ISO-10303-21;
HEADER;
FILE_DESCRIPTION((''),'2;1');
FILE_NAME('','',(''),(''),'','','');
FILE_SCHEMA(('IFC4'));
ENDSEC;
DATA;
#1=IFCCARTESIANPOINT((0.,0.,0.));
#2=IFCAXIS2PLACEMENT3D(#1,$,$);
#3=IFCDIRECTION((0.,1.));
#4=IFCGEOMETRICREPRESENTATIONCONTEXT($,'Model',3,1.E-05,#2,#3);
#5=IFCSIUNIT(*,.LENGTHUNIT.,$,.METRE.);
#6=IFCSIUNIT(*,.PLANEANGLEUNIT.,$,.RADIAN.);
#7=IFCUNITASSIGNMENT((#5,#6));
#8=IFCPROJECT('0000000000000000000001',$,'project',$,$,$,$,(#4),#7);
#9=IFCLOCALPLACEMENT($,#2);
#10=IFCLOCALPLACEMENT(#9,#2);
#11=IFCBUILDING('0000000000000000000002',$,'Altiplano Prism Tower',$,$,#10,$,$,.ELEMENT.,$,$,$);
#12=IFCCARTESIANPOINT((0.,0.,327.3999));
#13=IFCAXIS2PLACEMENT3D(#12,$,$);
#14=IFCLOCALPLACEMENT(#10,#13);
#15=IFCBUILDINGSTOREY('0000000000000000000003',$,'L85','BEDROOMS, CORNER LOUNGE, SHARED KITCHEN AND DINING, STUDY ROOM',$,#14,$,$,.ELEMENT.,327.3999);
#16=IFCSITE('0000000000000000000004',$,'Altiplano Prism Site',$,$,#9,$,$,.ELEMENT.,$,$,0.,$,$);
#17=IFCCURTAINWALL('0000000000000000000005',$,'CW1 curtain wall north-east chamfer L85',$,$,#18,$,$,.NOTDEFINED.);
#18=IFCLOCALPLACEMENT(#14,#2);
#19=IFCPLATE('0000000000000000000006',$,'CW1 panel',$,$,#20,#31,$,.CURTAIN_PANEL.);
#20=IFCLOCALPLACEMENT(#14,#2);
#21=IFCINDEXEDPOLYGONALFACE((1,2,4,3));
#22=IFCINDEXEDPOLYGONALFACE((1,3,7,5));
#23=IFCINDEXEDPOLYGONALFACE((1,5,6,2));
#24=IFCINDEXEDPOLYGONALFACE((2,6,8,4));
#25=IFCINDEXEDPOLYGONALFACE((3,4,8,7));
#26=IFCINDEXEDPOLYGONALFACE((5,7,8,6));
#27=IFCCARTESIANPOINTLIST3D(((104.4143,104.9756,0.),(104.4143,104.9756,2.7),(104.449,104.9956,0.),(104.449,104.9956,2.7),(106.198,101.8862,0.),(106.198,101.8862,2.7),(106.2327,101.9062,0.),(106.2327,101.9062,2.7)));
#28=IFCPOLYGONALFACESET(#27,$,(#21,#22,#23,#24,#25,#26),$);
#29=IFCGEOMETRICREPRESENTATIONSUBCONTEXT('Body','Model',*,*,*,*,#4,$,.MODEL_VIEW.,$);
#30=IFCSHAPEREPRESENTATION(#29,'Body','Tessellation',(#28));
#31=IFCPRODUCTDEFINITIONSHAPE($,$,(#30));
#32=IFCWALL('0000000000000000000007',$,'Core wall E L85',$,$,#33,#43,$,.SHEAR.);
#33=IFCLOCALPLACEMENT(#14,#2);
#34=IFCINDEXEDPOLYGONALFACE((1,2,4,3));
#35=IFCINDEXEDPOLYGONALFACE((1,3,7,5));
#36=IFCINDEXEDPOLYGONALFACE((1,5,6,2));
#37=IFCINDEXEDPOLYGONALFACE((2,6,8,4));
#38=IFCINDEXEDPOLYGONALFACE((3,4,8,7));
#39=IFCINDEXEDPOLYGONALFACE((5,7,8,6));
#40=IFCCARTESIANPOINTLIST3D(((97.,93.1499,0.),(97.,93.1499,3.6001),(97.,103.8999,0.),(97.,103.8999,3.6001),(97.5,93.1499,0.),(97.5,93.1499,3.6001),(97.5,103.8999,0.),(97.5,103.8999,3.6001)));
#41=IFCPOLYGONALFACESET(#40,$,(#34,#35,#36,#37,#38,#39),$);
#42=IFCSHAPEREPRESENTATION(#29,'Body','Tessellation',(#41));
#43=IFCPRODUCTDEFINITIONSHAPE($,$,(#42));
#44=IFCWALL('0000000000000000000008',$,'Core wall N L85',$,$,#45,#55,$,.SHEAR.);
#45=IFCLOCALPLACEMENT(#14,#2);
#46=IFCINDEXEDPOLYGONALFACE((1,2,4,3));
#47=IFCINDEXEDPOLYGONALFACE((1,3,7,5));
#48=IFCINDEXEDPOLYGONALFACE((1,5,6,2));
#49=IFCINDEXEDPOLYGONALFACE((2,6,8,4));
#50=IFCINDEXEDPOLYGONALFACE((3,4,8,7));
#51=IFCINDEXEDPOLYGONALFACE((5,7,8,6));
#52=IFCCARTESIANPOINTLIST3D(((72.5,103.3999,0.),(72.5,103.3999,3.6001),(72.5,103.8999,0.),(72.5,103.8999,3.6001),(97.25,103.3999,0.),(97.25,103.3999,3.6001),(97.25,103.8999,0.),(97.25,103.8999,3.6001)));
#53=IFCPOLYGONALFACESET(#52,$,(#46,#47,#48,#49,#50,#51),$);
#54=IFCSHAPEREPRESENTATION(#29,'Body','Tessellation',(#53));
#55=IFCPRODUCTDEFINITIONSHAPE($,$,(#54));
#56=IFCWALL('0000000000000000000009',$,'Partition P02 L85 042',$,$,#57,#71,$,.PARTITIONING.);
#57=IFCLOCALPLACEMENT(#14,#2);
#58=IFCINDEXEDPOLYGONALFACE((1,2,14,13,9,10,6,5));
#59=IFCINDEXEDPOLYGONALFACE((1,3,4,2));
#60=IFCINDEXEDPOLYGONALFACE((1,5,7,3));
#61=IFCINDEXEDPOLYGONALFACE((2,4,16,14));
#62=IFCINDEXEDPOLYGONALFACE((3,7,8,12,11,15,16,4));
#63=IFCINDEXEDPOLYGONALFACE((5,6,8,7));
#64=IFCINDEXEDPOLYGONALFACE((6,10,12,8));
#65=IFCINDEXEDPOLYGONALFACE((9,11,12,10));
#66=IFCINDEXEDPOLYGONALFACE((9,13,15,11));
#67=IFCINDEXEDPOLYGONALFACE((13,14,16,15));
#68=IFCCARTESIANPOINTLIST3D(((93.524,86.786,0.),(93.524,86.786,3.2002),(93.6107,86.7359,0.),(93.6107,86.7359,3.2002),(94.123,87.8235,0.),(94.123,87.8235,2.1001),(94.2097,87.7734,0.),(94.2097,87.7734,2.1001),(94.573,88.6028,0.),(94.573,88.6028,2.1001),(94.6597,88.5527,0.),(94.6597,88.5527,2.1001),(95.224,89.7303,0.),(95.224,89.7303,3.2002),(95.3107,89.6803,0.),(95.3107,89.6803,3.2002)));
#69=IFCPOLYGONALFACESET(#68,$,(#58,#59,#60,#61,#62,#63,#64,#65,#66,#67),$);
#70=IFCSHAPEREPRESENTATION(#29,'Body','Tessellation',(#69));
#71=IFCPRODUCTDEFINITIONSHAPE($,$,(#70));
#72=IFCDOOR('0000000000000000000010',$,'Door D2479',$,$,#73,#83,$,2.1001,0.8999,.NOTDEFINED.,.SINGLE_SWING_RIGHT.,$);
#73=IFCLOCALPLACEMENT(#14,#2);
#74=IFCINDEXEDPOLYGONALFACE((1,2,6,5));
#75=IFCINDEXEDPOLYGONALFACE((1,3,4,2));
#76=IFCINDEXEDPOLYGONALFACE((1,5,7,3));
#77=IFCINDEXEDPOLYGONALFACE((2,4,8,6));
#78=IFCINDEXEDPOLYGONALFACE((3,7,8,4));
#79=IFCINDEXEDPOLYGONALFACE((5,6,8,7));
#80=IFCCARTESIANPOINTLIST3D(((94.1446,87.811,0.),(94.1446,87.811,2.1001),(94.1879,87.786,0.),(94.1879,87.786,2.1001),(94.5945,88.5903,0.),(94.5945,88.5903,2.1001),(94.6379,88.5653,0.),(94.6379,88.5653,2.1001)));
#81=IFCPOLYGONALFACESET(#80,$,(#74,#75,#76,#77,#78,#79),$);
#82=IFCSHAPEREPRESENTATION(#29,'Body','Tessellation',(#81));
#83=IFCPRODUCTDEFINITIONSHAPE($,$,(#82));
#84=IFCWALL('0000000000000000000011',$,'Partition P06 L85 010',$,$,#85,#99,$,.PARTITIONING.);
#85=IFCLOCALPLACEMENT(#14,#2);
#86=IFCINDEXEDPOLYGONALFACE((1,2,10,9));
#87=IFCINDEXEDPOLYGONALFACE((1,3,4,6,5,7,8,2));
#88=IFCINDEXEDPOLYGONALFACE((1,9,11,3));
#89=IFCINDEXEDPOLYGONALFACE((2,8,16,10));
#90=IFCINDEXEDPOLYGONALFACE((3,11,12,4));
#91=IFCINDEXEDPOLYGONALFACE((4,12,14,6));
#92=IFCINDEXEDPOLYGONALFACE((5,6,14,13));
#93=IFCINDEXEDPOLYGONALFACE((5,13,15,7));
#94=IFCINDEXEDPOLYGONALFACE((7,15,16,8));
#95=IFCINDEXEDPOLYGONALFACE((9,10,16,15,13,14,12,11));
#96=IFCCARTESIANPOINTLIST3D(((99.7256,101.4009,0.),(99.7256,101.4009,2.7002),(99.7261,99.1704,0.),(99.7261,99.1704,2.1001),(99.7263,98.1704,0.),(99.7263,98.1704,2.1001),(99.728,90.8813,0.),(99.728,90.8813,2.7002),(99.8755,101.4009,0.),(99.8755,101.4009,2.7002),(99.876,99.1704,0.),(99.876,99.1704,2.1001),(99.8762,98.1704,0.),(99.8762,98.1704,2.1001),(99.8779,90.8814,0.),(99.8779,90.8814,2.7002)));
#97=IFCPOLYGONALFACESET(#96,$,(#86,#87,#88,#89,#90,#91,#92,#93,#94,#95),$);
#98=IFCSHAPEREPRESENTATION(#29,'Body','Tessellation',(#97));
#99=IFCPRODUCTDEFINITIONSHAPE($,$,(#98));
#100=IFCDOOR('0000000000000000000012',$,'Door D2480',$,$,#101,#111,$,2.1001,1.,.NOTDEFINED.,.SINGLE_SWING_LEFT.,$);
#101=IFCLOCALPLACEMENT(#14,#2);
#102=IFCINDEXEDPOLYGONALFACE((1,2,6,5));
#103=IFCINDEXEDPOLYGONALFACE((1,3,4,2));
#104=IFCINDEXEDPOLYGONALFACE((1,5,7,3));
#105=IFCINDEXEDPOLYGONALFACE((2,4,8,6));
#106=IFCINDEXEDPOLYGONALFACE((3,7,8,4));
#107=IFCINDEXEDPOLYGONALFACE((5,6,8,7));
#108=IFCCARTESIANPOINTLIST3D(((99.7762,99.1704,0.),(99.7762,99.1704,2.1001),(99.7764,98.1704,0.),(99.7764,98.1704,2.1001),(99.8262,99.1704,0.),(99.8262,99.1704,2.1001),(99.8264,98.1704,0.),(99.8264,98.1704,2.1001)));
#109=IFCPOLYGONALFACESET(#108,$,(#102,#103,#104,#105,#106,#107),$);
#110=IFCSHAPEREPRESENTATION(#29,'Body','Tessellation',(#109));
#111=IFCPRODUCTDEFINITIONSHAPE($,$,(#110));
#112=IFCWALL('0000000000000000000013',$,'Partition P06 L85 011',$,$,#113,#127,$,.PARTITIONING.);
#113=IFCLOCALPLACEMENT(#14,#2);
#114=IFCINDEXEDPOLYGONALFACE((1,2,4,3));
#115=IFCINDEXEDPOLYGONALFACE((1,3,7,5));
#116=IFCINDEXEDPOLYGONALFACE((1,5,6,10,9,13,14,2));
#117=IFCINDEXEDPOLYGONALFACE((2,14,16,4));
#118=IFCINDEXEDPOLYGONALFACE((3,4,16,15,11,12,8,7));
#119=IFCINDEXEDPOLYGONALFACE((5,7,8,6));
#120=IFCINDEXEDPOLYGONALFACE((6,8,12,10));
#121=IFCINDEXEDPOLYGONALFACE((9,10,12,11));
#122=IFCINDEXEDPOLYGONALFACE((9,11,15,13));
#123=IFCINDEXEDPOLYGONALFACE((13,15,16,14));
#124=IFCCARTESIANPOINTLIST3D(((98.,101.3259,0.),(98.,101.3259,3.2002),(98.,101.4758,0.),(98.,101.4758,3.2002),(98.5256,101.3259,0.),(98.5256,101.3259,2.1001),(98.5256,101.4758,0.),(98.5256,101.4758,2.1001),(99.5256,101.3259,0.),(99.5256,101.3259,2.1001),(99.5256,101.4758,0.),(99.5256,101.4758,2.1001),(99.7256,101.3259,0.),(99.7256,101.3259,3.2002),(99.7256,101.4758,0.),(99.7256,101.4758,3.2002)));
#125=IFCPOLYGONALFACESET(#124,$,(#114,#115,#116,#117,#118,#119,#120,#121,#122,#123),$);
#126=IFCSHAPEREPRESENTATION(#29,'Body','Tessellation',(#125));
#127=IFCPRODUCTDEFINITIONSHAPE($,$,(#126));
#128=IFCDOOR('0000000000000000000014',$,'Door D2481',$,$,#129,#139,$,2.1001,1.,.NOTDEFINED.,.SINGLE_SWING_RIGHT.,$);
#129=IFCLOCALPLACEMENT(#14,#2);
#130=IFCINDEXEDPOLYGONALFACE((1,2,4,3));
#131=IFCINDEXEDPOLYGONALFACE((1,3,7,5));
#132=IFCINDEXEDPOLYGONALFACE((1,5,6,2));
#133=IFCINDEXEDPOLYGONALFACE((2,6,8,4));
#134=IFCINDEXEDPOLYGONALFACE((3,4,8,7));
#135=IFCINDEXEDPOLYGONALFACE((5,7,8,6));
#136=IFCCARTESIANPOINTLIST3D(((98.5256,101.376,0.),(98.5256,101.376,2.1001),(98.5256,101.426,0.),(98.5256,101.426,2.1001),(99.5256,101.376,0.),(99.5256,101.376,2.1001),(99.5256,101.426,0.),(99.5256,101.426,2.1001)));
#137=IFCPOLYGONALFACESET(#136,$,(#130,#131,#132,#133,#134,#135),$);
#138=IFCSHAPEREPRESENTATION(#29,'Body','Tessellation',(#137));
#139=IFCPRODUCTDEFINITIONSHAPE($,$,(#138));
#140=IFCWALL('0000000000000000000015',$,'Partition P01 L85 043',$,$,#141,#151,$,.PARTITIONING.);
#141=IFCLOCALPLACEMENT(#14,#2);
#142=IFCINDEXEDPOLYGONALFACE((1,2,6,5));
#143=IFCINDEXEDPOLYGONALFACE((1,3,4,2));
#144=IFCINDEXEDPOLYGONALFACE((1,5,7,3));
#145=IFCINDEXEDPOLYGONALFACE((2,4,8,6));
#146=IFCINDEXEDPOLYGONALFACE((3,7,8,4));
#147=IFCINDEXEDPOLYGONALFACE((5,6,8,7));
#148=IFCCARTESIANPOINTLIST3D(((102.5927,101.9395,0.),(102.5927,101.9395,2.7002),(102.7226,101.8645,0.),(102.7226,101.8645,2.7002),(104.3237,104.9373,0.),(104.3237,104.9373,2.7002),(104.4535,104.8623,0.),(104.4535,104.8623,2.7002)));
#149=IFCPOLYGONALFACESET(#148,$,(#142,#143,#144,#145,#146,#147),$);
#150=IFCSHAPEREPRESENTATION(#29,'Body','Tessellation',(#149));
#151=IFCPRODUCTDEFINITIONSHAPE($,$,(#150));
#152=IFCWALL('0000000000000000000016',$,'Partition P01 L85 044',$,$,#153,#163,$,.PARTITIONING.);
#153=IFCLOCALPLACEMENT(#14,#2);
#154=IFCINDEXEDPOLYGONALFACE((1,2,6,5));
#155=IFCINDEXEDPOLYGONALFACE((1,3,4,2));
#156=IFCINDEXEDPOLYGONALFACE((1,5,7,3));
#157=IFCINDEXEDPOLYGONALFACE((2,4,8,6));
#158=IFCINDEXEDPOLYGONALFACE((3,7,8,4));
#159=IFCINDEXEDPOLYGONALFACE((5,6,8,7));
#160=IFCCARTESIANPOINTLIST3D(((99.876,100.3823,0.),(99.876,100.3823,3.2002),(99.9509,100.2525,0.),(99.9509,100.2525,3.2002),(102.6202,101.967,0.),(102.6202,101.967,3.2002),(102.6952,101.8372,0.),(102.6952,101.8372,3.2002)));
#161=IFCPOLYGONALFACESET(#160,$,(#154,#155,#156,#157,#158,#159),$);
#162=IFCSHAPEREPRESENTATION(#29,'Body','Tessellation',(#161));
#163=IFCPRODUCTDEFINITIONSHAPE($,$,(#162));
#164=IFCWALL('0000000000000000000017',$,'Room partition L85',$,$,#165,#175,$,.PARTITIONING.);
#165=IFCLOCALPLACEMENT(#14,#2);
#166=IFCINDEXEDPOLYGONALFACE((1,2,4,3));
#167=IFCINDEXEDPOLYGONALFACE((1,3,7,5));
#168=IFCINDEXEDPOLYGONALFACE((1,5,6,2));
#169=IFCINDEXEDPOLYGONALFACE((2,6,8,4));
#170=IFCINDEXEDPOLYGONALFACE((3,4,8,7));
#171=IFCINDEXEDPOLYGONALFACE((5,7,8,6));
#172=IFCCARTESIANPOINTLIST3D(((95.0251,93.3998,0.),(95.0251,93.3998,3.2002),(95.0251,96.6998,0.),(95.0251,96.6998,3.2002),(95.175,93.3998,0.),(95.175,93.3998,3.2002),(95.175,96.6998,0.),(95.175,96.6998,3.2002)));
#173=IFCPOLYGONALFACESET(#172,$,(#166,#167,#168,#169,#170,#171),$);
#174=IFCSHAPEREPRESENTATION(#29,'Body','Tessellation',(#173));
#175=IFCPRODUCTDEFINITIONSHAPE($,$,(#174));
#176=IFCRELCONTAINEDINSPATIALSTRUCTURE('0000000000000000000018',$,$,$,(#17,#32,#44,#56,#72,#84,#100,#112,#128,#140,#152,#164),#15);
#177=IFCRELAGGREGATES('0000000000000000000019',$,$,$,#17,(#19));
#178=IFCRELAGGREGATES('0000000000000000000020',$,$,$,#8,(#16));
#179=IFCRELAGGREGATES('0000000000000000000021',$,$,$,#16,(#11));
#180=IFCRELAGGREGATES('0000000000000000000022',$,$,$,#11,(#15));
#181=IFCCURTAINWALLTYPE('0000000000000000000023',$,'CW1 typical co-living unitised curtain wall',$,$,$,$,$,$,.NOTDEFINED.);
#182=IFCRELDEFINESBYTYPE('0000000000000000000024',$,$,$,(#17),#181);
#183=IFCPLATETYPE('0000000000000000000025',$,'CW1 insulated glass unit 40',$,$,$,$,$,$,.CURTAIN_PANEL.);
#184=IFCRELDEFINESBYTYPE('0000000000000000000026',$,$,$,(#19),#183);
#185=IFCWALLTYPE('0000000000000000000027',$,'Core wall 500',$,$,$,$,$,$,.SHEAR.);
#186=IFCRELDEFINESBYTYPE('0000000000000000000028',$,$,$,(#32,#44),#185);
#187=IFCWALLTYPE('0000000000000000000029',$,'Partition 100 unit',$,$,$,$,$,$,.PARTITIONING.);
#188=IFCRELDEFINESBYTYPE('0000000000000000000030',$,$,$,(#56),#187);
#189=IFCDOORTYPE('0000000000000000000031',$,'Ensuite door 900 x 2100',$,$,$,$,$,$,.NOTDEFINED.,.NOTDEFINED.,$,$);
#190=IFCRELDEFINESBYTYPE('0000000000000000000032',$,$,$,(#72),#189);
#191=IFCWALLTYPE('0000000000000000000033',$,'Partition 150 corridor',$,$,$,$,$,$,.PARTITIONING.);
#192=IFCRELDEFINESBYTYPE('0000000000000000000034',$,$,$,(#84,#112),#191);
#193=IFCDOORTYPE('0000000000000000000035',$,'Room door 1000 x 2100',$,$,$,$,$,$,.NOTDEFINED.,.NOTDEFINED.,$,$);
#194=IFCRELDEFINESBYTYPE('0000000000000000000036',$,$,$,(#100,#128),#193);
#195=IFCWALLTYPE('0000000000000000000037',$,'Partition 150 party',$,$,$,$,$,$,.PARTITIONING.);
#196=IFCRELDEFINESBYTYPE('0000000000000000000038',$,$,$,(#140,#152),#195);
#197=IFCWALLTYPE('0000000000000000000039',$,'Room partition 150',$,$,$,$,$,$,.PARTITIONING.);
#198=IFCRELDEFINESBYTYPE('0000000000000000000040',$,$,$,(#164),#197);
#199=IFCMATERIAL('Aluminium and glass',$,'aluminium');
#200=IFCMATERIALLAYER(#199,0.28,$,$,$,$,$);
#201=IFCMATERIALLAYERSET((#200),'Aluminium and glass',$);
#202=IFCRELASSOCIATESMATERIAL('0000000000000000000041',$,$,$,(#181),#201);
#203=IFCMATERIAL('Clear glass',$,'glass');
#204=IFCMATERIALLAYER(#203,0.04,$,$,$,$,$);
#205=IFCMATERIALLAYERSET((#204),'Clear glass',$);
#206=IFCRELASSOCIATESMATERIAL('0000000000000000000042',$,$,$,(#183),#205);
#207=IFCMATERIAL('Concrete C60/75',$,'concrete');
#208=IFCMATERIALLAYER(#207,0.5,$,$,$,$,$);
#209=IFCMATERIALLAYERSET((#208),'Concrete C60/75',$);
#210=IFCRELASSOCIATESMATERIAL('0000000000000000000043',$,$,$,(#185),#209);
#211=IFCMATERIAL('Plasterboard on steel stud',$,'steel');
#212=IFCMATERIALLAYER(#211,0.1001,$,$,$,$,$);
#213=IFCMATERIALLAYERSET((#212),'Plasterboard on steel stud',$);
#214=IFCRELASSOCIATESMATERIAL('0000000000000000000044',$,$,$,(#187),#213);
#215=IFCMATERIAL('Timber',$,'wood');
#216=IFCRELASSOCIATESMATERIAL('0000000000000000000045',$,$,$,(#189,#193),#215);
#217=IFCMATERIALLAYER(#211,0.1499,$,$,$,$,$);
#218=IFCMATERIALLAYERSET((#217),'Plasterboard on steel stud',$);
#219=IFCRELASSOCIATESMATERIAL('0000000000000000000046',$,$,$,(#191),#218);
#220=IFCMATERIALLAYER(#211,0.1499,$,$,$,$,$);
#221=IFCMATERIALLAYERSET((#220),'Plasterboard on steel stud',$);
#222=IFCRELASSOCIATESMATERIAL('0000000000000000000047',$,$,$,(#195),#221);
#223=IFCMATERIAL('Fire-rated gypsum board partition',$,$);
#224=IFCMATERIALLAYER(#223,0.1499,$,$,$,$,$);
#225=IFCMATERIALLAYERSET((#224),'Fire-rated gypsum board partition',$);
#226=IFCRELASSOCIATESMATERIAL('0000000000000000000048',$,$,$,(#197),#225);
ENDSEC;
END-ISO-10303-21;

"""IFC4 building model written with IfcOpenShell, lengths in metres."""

from ifc_helpers import new_model, si_unit, direction, frame, frame_2d, origin, origin_2d, place, context, subcontext, project, spatial, rectangle, extrude, material, layer, layer_set, type_object, element, fill, aggregate, save


model = new_model("IFC4")

# Units and contexts
model_context = context("Model", 3, precision=1e-05, world=origin(), true_north=direction((0.0, 1.0)))
body_context = subcontext(model_context, "Body", "Model", "MODEL_VIEW")
ifc_project = project(units=[si_unit("LENGTHUNIT", "METRE"), si_unit("PLANEANGLEUNIT", "RADIAN")], contexts=[model_context])

# Site, building, storey
site_placement = place(None, origin())
site = spatial("IfcSite", under=ifc_project, at=site_placement, Name="Altiplano Prism Site", CompositionType="ELEMENT", RefElevation=0.0)
building_placement = place(site_placement, origin())
building = spatial("IfcBuilding", under=site, at=building_placement, Name="Altiplano Prism Tower", CompositionType="ELEMENT")
storey_placement = place(building_placement, frame((0.0, 0.0, 327.3999)))
storey = spatial("IfcBuildingStorey", under=building, at=storey_placement, Name="L85", Description="BEDROOMS, CORNER LOUNGE, SHARED KITCHEN AND DINING, STUDY ROOM", CompositionType="ELEMENT", Elevation=327.3999)

# Shared definitions
ifc_material_1 = material(Name="Concrete C60/75", Category="concrete")

# Shared definitions
ifc_material_2 = material(Name="Aluminium and glass", Category="aluminium")
ifc_layer_1 = layer(ifc_material_2, 0.28)
ifc_layer_set_1 = layer_set([ifc_layer_1], Name="Aluminium and glass")
curtain_wall_type = type_object("IfcCurtainWallType", Name="CW1 typical co-living unitised curtain wall", PredefinedType="NOTDEFINED", material=ifc_layer_set_1)

# Curtain wall
curtain_wall_1_placement = place(storey_placement, origin())
curtain_wall_1 = element("IfcCurtainWall", 1, at=curtain_wall_1_placement, inside=storey, type_object=curtain_wall_type, Name="CW1 curtain wall north-east chamfer L85", PredefinedType="NOTDEFINED")

# Plate
ifc_material_3 = material(Name="Clear glass", Category="glass")
ifc_layer_2 = layer(ifc_material_3, 0.04)
ifc_layer_set_2 = layer_set([ifc_layer_2], Name="Clear glass")
plate_type = type_object("IfcPlateType", Name="CW1 insulated glass unit 40", PredefinedType="CURTAIN_PANEL", material=ifc_layer_set_2)
plate_1_placement = place(storey_placement, frame((105.3235, 103.4409, 0.0), z_axis=(0.0, 0.0, 1.0), x_axis=(-0.5, 0.866025, 0.0)))
plate_1 = element("IfcPlate", 2, at=plate_1_placement, type_object=plate_type, Name="CW1 panel", PredefinedType="CURTAIN_PANEL", context=body_context, shape_type="SweptSolid", body=[
    extrude(rectangle(XDim=3.5674, YDim=0.04, at=origin_2d()), origin(), (0.0, 0.0, 1.0), 2.7),
])
aggregate(curtain_wall_1, [plate_1])

# Walls
ifc_layer_3 = layer(ifc_material_1, 0.5)
ifc_layer_set_3 = layer_set([ifc_layer_3], Name="Concrete C60/75")
wall_type_1 = type_object("IfcWallType", Name="Core wall 500", PredefinedType="SHEAR", material=ifc_layer_set_3)
wall_1_placement = place(storey_placement, frame((97.25, 93.1499, 0.0), z_axis=(0.0, 0.0, 1.0), x_axis=(0.0, 1.0, 0.0)))
element("IfcWall", 3, at=wall_1_placement, inside=storey, type_object=wall_type_1, Name="Core wall E L85", PredefinedType="SHEAR", context=body_context, shape_type="SweptSolid", body=[
    extrude(rectangle(XDim=10.75, YDim=0.5, at=frame_2d((5.375, 0.0))), origin(), (0.0, 0.0, 1.0), 3.6001),
])
wall_2_placement = place(storey_placement, frame((97.25, 103.6499, 0.0), z_axis=(0.0, 0.0, 1.0), x_axis=(-1.0, 0.0, 0.0)))
element("IfcWall", 4, at=wall_2_placement, inside=storey, type_object=wall_type_1, Name="Core wall N L85", PredefinedType="SHEAR", context=body_context, shape_type="SweptSolid", body=[
    extrude(rectangle(XDim=24.75, YDim=0.5, at=frame_2d((12.375, 0.0))), origin(), (0.0, 0.0, 1.0), 3.6001),
])

# Walls, openings, doors
ifc_material_4 = material(Name="Plasterboard on steel stud", Category="steel")
ifc_layer_4 = layer(ifc_material_4, 0.1001)
ifc_layer_set_4 = layer_set([ifc_layer_4], Name="Plasterboard on steel stud")
wall_type_2 = type_object("IfcWallType", Name="Partition 100 unit", PredefinedType="PARTITIONING", material=ifc_layer_set_4)
wall_3_placement = place(storey_placement, frame((95.2673, 89.7053, 0.0), z_axis=(0.0, 0.0, 1.0), x_axis=(-0.500008, -0.866021, 0.0)))
wall_3 = element("IfcWall", 5, at=wall_3_placement, inside=storey, type_object=wall_type_2, Name="Partition P02 L85 042", PredefinedType="PARTITIONING", context=body_context, shape_type="SweptSolid", body=[
    extrude(rectangle(XDim=3.3999, YDim=0.1001, at=frame_2d((1.7, 0.0))), origin(), (0.0, 0.0, 1.0), 3.2002),
])
opening_1_placement = place(wall_3_placement, frame((1.302, 0.0, 0.0)))
opening_1 = element("IfcOpeningElement", 6, at=opening_1_placement, cuts=wall_3, PredefinedType="OPENING", context=body_context, shape_type="SweptSolid", body=[
    extrude(rectangle(XDim=0.8999, YDim=2.1001, at=frame_2d((0.45, 1.05))), frame((0.0, 0.0605, 0.0), z_axis=(0.0, -1.0, 0.0), x_axis=(1.0, 0.0, 0.0)), (0.0, 0.0, 1.0), 0.1211),
])
ifc_material_5 = material(Name="Timber", Category="wood")
door_type_1 = type_object("IfcDoorType", Name="Ensuite door 900 x 2100", OperationType="NOTDEFINED", PredefinedType="NOTDEFINED", material=ifc_material_5)
door_1_placement = place(opening_1_placement, origin())
door_1 = element("IfcDoor", 7, at=door_1_placement, inside=storey, type_object=door_type_1, Name="Door D2479", OperationType="SINGLE_SWING_RIGHT", OverallHeight=2.1001, OverallWidth=0.8999, PredefinedType="NOTDEFINED", context=body_context, shape_type="SweptSolid", body=[
    extrude(rectangle(XDim=0.8999, YDim=2.1001, at=frame_2d((0.45, 1.05))), frame((0.0, 0.0249, 0.0), z_axis=(0.0, -1.0, 0.0), x_axis=(1.0, 0.0, 0.0)), (0.0, 0.0, 1.0), 0.05),
])
fill(opening_1, door_1)
ifc_layer_5 = layer(ifc_material_4, 0.1499)
ifc_layer_set_5 = layer_set([ifc_layer_5], Name="Plasterboard on steel stud")
wall_type_3 = type_object("IfcWallType", Name="Partition 150 corridor", PredefinedType="PARTITIONING", material=ifc_layer_set_5)
wall_4_placement = place(storey_placement, frame((99.803, 90.8813, 0.0), z_axis=(0.0, 0.0, 1.0), x_axis=(-0.000232, 1.0, 0.0)))
wall_4 = element("IfcWall", 8, at=wall_4_placement, inside=storey, type_object=wall_type_3, Name="Partition P06 L85 010", PredefinedType="PARTITIONING", context=body_context, shape_type="SweptSolid", body=[
    extrude(rectangle(XDim=10.5195, YDim=0.1499, at=frame_2d((5.2598, 0.0))), origin(), (0.0, 0.0, 1.0), 2.7002),
])
opening_2_placement = place(wall_4_placement, frame((7.2891, 0.0, 0.0)))
opening_2 = element("IfcOpeningElement", 9, at=opening_2_placement, cuts=wall_4, PredefinedType="OPENING", context=body_context, shape_type="SweptSolid", body=[
    extrude(rectangle(XDim=1.0, YDim=2.1001, at=frame_2d((0.5, 1.05))), frame((0.0, 0.0854, 0.0), z_axis=(0.0, -1.0, 0.0), x_axis=(1.0, 0.0, 0.0)), (0.0, 0.0, 1.0), 0.1709),
])
door_type_2 = type_object("IfcDoorType", Name="Room door 1000 x 2100", OperationType="NOTDEFINED", PredefinedType="NOTDEFINED", material=ifc_material_5)
door_2_placement = place(opening_2_placement, origin())
door_2 = element("IfcDoor", 10, at=door_2_placement, inside=storey, type_object=door_type_2, Name="Door D2480", OperationType="SINGLE_SWING_LEFT", OverallHeight=2.1001, OverallWidth=1.0, PredefinedType="NOTDEFINED", context=body_context, shape_type="SweptSolid", body=[
    extrude(rectangle(XDim=1.0, YDim=2.1001, at=frame_2d((0.5, 1.05))), frame((0.0, 0.0249, 0.0), z_axis=(0.0, -1.0, 0.0), x_axis=(1.0, 0.0, 0.0)), (0.0, 0.0, 1.0), 0.05),
])
fill(opening_2, door_2)
wall_5_placement = place(storey_placement, frame((99.7256, 101.4009, 0.0), z_axis=(0.0, 0.0, 1.0), x_axis=(-1.0, 0.0, 0.0)))
wall_5 = element("IfcWall", 11, at=wall_5_placement, inside=storey, type_object=wall_type_3, Name="Partition P06 L85 011", PredefinedType="PARTITIONING", context=body_context, shape_type="SweptSolid", body=[
    extrude(rectangle(XDim=1.7256, YDim=0.1499, at=frame_2d((0.8628, 0.0))), origin(), (0.0, 0.0, 1.0), 3.2002),
])
opening_3_placement = place(wall_5_placement, frame((0.2, 0.0, 0.0)))
opening_3 = element("IfcOpeningElement", 12, at=opening_3_placement, cuts=wall_5, PredefinedType="OPENING", context=body_context, shape_type="SweptSolid", body=[
    extrude(rectangle(XDim=1.0, YDim=2.1001, at=frame_2d((0.5, 1.05))), frame((0.0, 0.0854, 0.0), z_axis=(0.0, -1.0, 0.0), x_axis=(1.0, 0.0, 0.0)), (0.0, 0.0, 1.0), 0.1709),
])
door_3_placement = place(opening_3_placement, origin())
door_3 = element("IfcDoor", 13, at=door_3_placement, inside=storey, type_object=door_type_2, Name="Door D2481", OperationType="SINGLE_SWING_RIGHT", OverallHeight=2.1001, OverallWidth=1.0, PredefinedType="NOTDEFINED", context=body_context, shape_type="SweptSolid", body=[
    extrude(rectangle(XDim=1.0, YDim=2.1001, at=frame_2d((0.5, 1.05))), frame((0.0, 0.0249, 0.0), z_axis=(0.0, -1.0, 0.0), x_axis=(1.0, 0.0, 0.0)), (0.0, 0.0, 1.0), 0.05),
])
fill(opening_3, door_3)

# Walls
ifc_layer_6 = layer(ifc_material_4, 0.1499)
ifc_layer_set_6 = layer_set([ifc_layer_6], Name="Plasterboard on steel stud")
wall_type_4 = type_object("IfcWallType", Name="Partition 150 party", PredefinedType="PARTITIONING", material=ifc_layer_set_6)
wall_6_placement = place(storey_placement, frame((104.3887, 104.8999, 0.0), z_axis=(0.0, 0.0, 1.0), x_axis=(-0.500038, -0.866004, 0.0)))
element("IfcWall", 14, at=wall_6_placement, inside=storey, type_object=wall_type_4, Name="Partition P01 L85 043", PredefinedType="PARTITIONING", context=body_context, shape_type="SweptSolid", body=[
    extrude(rectangle(XDim=3.4617, YDim=0.1499, at=frame_2d((1.731, 0.0))), origin(), (0.0, 0.0, 1.0), 2.7002),
])
wall_7_placement = place(storey_placement, frame((102.6577, 101.9021, 0.0), z_axis=(0.0, 0.0, 1.0), x_axis=(-0.865992, -0.500058, 0.0)))
element("IfcWall", 15, at=wall_7_placement, inside=storey, type_object=wall_type_4, Name="Partition P01 L85 044", PredefinedType="PARTITIONING", context=body_context, shape_type="SweptSolid", body=[
    extrude(rectangle(XDim=3.1689, YDim=0.1499, at=frame_2d((1.5845, 0.0))), origin(), (0.0, 0.0, 1.0), 3.2002),
])
ifc_material_6 = material(Name="Fire-rated gypsum board partition")
ifc_layer_7 = layer(ifc_material_6, 0.1499)
ifc_layer_set_7 = layer_set([ifc_layer_7], Name="Fire-rated gypsum board partition")
wall_type_5 = type_object("IfcWallType", Name="Room partition 150", PredefinedType="PARTITIONING", material=ifc_layer_set_7)
wall_8_placement = place(storey_placement, frame((95.1001, 93.3999, 0.0), z_axis=(0.0, 0.0, 1.0), x_axis=(0.0, 1.0, 0.0)))
element("IfcWall", 16, at=wall_8_placement, inside=storey, type_object=wall_type_5, Name="Room partition L85", PredefinedType="PARTITIONING", context=body_context, shape_type="SweptSolid", body=[
    extrude(rectangle(XDim=3.3, YDim=0.1499, at=frame_2d((1.6499, 0.0))), origin(), (0.0, 0.0, 1.0), 3.2002),
])

save(model, "model.ifc")
